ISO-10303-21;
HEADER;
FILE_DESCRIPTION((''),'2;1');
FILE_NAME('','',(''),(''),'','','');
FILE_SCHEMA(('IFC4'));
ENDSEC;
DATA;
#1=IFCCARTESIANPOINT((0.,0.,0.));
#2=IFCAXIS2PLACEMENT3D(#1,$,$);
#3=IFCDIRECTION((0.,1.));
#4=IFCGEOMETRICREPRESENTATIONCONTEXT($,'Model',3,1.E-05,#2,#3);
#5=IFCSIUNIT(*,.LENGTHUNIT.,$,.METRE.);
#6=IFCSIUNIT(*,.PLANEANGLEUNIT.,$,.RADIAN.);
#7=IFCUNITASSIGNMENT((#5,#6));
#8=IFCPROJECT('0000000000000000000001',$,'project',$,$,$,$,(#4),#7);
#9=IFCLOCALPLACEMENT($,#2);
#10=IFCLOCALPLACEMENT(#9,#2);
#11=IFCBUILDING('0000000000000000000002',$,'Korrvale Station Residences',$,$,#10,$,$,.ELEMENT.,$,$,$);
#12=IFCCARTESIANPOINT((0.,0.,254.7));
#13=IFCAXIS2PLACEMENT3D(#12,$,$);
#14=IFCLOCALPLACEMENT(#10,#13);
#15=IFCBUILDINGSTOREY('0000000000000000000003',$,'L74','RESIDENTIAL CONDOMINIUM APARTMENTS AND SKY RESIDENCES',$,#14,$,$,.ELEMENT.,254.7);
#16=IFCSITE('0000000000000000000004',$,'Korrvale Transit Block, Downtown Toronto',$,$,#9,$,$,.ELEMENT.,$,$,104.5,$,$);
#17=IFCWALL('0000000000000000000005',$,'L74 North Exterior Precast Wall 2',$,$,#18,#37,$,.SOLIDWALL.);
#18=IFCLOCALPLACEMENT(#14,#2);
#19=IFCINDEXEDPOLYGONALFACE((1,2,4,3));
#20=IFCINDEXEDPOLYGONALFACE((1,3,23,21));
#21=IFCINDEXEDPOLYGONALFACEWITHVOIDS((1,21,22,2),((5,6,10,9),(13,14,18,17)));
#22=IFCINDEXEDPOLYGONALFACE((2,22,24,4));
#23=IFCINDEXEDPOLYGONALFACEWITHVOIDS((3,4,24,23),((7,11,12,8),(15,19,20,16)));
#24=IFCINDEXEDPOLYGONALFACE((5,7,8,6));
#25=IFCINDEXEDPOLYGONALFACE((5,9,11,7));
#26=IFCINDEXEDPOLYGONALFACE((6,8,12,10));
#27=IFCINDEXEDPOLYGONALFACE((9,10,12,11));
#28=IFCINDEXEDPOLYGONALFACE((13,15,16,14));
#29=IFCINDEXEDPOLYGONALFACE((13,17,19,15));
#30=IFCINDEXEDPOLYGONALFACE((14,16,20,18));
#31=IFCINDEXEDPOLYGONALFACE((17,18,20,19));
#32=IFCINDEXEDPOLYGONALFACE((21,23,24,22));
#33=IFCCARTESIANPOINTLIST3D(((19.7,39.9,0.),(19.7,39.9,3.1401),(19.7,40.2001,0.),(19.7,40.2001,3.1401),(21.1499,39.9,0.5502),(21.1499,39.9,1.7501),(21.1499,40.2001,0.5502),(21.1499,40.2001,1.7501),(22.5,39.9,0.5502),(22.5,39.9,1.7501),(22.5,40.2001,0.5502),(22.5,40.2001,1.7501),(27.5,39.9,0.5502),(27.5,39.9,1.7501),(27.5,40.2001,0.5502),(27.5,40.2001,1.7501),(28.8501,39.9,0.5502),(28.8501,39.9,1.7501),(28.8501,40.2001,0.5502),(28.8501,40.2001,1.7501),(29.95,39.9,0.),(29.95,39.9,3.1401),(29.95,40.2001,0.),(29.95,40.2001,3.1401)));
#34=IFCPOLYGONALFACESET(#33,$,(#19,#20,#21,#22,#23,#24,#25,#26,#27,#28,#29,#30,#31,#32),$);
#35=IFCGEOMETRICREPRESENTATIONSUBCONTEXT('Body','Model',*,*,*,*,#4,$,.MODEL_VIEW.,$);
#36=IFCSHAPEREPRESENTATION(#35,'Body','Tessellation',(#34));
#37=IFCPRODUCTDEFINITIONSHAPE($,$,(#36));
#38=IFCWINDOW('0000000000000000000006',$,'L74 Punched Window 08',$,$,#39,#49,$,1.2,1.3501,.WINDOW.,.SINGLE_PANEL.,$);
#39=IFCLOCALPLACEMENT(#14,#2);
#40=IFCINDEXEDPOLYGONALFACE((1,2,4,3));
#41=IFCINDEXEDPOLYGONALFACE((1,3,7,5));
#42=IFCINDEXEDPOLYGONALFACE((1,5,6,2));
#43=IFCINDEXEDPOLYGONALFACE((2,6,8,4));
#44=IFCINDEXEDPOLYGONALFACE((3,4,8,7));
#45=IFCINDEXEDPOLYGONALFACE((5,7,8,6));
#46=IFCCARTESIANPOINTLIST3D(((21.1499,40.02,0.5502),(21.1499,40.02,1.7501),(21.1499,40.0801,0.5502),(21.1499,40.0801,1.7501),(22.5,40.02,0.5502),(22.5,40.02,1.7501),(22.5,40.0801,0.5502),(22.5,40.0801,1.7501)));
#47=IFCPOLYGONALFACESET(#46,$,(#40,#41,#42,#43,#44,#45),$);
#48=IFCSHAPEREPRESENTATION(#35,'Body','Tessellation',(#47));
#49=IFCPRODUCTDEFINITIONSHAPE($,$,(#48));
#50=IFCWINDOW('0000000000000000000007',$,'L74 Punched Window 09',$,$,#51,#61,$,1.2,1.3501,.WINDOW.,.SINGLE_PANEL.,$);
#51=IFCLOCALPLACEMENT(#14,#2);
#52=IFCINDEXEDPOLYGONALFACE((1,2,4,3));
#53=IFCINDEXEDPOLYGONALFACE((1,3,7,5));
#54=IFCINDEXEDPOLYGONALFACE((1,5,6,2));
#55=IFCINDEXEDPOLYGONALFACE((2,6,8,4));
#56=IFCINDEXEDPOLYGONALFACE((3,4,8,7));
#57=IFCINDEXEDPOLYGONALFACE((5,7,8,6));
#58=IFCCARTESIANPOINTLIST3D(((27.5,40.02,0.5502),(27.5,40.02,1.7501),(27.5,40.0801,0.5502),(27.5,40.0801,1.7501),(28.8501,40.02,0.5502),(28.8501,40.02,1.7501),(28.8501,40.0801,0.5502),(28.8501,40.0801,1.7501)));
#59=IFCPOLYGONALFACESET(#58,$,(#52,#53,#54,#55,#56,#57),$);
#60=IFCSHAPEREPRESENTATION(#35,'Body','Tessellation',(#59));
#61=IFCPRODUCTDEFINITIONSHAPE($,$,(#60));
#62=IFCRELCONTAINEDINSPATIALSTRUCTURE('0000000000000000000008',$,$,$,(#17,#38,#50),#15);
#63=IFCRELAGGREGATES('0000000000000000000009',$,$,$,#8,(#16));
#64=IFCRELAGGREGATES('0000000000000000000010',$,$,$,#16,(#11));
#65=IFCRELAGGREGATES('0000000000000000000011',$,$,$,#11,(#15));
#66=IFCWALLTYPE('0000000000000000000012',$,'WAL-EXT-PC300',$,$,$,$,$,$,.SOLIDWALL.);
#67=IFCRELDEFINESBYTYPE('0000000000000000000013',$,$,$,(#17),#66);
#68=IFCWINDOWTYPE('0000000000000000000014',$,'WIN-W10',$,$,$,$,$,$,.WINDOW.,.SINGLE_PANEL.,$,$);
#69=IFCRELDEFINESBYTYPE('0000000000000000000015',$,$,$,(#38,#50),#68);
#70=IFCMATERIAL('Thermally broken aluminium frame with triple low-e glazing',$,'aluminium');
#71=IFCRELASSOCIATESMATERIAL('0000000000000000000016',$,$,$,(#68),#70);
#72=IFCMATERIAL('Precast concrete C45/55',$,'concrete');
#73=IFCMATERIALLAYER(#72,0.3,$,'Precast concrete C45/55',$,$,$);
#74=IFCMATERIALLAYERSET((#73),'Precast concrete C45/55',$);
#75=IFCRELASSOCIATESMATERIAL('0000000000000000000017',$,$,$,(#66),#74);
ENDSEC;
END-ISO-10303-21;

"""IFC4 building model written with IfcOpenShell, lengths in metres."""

from ifc_helpers import new_model, si_unit, direction, frame, frame_2d, origin, place, context, subcontext, project, spatial, rectangle, extrude, material, layer, layer_set, type_object, element, fill, save


model = new_model("IFC4")

# Units and contexts
model_context = context("Model", 3, precision=1e-05, world=origin(), true_north=direction((0.0, 1.0)))
body_context = subcontext(model_context, "Body", "Model", "MODEL_VIEW")
ifc_project = project(units=[si_unit("LENGTHUNIT", "METRE"), si_unit("PLANEANGLEUNIT", "RADIAN")], contexts=[model_context])

# Site, building, storey
site_placement = place(None, origin())
site = spatial("IfcSite", under=ifc_project, at=site_placement, Name="Korrvale Transit Block, Downtown Toronto", CompositionType="ELEMENT", RefElevation=104.5)
building_placement = place(site_placement, origin())
building = spatial("IfcBuilding", under=site, at=building_placement, Name="Korrvale Station Residences", CompositionType="ELEMENT")
storey_placement = place(building_placement, frame((0.0, 0.0, 254.7)))
storey = spatial("IfcBuildingStorey", under=building, at=storey_placement, Name="L74", Description="RESIDENTIAL CONDOMINIUM APARTMENTS AND SKY RESIDENCES", CompositionType="ELEMENT", Elevation=254.7)

# Shared definitions
ifc_material_1 = material(Name="Precast concrete C45/55", Category="concrete")

# Shared definitions
ifc_material_2 = material(Name="Thermally broken aluminium frame with triple low-e glazing", Category="aluminium")
window_type = type_object("IfcWindowType", Name="WIN-W10", PartitioningType="SINGLE_PANEL", PredefinedType="WINDOW", material=ifc_material_2)

# Wall, openings, windows
ifc_layer_1 = layer(ifc_material_1, 0.3, Name="Precast concrete C45/55")
ifc_layer_set_1 = layer_set([ifc_layer_1], Name="Precast concrete C45/55")
wall_type_1 = type_object("IfcWallType", Name="WAL-EXT-PC300", PredefinedType="SOLIDWALL", material=ifc_layer_set_1)
wall_1_placement = place(storey_placement, frame((19.7, 40.05, 0.0), z_axis=(0.0, 0.0, 1.0), x_axis=(1.0, 0.0, 0.0)))
wall_1 = element("IfcWall", 1, at=wall_1_placement, inside=storey, type_object=wall_type_1, Name="L74 North Exterior Precast Wall 2", PredefinedType="SOLIDWALL", context=body_context, shape_type="SweptSolid", body=[
    extrude(rectangle(XDim=10.25, YDim=0.3, at=frame_2d((5.125, 0.0))), origin(), (0.0, 0.0, 1.0), 3.1401),
])
opening_1_placement = place(wall_1_placement, frame((1.45, 0.0, 0.55)))
opening_1 = element("IfcOpeningElement", 2, at=opening_1_placement, cuts=wall_1, PredefinedType="OPENING", context=body_context, shape_type="SweptSolid", body=[
    extrude(rectangle(XDim=1.3501, YDim=1.2, at=frame_2d((0.675, 0.6001))), frame((0.0, 0.1602, 0.0), z_axis=(0.0, -1.0, 0.0), x_axis=(1.0, 0.0, 0.0)), (0.0, 0.0, 1.0), 0.3201),
])
opening_2_placement = place(wall_1_placement, frame((7.8, 0.0, 0.55)))
opening_2 = element("IfcOpeningElement", 3, at=opening_2_placement, cuts=wall_1, PredefinedType="OPENING", context=body_context, shape_type="SweptSolid", body=[
    extrude(rectangle(XDim=1.3501, YDim=1.2, at=frame_2d((0.675, 0.6001))), frame((0.0, 0.1602, 0.0), z_axis=(0.0, -1.0, 0.0), x_axis=(1.0, 0.0, 0.0)), (0.0, 0.0, 1.0), 0.3201),
])
window_1_placement = place(opening_1_placement, origin())
window_1 = element("IfcWindow", 4, at=window_1_placement, inside=storey, type_object=window_type, Name="L74 Punched Window 08", OverallHeight=1.2, OverallWidth=1.3501, PartitioningType="SINGLE_PANEL", PredefinedType="WINDOW", context=body_context, shape_type="SweptSolid", body=[
    extrude(rectangle(XDim=1.3501, YDim=1.2, at=frame_2d((0.675, 0.6001))), frame((0.0, 0.03, 0.0), z_axis=(0.0, -1.0, 0.0), x_axis=(1.0, 0.0, 0.0)), (0.0, 0.0, 1.0), 0.0601),
])
fill(opening_1, window_1)
window_2_placement = place(opening_2_placement, origin())
window_2 = element("IfcWindow", 5, at=window_2_placement, inside=storey, type_object=window_type, Name="L74 Punched Window 09", OverallHeight=1.2, OverallWidth=1.3501, PartitioningType="SINGLE_PANEL", PredefinedType="WINDOW", context=body_context, shape_type="SweptSolid", body=[
    extrude(rectangle(XDim=1.3501, YDim=1.2, at=frame_2d((0.675, 0.6001))), frame((0.0, 0.03, 0.0), z_axis=(0.0, -1.0, 0.0), x_axis=(1.0, 0.0, 0.0)), (0.0, 0.0, 1.0), 0.0601),
])
fill(opening_2, window_2)

save(model, "model.ifc")
